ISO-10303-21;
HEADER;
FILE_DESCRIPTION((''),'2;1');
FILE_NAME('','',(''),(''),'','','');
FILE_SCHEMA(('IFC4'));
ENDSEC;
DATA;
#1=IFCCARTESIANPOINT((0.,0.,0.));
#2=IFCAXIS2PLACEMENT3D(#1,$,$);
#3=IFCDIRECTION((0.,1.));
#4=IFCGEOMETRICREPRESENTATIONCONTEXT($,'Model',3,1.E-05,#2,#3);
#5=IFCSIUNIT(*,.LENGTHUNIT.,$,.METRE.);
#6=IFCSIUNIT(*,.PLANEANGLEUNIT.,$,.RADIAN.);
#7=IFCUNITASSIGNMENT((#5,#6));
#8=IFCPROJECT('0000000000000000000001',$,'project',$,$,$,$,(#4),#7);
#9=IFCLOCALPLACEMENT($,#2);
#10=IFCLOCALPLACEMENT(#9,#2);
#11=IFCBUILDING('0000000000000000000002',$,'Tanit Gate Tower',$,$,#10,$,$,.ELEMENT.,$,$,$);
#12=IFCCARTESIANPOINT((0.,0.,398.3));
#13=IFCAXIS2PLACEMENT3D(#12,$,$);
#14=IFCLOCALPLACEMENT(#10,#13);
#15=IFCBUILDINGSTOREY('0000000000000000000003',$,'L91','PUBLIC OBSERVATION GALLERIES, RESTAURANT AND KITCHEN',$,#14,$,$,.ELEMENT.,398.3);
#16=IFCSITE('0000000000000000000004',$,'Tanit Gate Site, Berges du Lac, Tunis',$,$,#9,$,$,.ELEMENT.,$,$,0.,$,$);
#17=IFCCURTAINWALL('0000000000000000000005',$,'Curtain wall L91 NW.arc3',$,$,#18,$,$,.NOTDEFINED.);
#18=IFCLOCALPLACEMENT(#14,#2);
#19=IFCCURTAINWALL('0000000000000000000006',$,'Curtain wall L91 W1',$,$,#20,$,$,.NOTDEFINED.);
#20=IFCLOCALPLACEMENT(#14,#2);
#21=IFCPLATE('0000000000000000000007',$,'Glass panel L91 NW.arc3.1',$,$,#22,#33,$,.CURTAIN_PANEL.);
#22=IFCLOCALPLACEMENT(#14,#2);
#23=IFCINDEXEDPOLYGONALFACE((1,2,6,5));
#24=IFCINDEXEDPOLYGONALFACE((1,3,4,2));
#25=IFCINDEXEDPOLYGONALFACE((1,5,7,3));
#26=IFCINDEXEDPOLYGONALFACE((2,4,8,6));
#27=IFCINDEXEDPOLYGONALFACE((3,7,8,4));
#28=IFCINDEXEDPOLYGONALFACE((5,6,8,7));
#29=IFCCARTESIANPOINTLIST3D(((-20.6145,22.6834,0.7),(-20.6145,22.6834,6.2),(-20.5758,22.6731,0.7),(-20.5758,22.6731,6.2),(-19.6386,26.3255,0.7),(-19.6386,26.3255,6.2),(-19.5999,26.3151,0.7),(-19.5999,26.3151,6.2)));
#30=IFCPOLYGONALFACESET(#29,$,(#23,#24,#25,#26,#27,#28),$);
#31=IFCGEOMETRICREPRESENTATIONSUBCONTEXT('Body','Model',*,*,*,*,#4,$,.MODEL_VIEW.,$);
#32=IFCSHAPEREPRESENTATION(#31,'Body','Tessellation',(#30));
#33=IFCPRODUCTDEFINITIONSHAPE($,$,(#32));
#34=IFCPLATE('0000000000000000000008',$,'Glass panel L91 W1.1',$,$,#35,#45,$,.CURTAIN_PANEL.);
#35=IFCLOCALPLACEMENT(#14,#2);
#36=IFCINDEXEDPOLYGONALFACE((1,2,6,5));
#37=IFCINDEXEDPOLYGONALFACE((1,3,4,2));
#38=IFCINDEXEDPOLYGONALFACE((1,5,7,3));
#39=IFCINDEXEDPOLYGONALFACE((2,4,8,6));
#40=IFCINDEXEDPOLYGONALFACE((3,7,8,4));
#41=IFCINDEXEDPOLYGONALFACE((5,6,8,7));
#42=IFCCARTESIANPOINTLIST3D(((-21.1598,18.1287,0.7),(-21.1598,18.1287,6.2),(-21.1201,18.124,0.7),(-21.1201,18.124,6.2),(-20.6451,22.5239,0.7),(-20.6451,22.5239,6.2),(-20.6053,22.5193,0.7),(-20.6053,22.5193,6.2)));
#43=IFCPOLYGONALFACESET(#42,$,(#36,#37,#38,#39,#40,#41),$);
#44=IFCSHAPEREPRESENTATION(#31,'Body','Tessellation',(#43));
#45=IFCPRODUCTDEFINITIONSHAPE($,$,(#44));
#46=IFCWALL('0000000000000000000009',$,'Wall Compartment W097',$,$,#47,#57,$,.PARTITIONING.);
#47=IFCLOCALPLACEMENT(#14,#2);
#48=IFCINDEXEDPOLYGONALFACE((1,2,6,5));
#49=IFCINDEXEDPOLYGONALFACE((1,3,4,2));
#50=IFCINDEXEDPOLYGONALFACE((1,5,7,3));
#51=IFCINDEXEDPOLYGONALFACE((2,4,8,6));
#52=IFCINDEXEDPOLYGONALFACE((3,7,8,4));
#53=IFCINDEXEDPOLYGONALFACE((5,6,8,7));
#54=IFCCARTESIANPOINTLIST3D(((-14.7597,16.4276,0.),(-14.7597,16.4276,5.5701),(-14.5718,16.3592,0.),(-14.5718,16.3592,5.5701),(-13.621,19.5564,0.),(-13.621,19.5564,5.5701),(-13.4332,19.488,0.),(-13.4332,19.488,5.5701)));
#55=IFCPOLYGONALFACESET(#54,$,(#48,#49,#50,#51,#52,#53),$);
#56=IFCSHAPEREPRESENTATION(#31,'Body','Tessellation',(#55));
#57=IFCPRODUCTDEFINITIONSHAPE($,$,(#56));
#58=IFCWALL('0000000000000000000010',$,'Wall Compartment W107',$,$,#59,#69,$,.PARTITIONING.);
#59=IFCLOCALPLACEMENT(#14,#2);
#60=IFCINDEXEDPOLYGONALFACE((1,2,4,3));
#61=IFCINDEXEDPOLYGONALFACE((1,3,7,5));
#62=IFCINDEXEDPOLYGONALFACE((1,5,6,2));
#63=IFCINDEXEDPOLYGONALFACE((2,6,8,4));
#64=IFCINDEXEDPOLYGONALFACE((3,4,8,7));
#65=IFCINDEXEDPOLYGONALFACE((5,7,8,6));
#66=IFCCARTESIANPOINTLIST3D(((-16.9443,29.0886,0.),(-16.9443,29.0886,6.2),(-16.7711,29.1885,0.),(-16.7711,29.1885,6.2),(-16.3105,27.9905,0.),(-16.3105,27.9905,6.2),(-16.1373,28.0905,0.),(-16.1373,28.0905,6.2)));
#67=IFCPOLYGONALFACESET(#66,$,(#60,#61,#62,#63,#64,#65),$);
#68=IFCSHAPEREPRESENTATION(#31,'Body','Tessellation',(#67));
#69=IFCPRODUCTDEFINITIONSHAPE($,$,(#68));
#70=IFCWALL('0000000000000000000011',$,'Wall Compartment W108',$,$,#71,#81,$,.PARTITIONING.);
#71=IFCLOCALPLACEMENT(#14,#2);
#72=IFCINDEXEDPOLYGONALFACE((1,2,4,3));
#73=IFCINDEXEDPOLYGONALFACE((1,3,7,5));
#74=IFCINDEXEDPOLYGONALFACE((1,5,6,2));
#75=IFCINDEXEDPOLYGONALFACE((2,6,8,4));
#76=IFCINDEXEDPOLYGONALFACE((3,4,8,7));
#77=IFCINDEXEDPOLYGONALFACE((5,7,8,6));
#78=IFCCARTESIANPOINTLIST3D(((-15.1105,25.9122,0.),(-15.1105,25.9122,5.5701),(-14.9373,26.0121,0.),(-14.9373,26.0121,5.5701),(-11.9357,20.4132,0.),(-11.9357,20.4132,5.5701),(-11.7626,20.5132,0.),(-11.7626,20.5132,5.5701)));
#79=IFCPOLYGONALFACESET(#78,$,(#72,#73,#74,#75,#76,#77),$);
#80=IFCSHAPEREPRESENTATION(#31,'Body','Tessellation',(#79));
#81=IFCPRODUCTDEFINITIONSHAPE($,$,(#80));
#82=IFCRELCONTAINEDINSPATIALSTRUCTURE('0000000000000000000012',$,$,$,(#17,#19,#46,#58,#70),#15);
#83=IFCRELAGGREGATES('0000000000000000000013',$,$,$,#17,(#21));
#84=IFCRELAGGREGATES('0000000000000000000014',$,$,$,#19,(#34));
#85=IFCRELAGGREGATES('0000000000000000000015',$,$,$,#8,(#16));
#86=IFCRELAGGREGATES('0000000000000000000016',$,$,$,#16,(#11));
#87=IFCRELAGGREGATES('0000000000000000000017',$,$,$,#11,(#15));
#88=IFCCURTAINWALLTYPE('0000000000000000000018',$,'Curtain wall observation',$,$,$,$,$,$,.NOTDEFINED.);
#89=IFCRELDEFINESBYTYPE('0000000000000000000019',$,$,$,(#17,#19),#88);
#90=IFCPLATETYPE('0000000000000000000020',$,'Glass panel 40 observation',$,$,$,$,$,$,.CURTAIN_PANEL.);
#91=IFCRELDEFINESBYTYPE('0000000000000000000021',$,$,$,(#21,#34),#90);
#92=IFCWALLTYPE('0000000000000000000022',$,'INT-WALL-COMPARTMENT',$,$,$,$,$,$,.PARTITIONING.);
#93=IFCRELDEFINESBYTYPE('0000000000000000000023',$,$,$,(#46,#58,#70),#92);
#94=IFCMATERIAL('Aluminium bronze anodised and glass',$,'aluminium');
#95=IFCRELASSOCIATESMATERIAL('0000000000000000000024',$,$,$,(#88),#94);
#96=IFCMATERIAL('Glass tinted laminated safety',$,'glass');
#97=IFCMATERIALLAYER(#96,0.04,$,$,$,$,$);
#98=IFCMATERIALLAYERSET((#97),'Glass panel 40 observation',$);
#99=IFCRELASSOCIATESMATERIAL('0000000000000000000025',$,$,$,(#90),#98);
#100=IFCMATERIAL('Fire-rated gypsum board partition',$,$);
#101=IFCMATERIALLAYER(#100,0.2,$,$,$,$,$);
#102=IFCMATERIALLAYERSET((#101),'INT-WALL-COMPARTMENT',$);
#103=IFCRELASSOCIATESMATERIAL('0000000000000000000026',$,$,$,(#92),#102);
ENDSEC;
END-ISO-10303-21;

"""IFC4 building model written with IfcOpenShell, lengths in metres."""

from ifc_helpers import new_model, si_unit, direction, frame, frame_2d, origin, origin_2d, place, context, subcontext, project, spatial, rectangle, extrude, material, layer, layer_set, type_object, element, aggregate, save


model = new_model("IFC4")

# Units and contexts
model_context = context("Model", 3, precision=1e-05, world=origin(), true_north=direction((0.0, 1.0)))
body_context = subcontext(model_context, "Body", "Model", "MODEL_VIEW")
ifc_project = project(units=[si_unit("LENGTHUNIT", "METRE"), si_unit("PLANEANGLEUNIT", "RADIAN")], contexts=[model_context])

# Site, building, storey
site_placement = place(None, origin())
site = spatial("IfcSite", under=ifc_project, at=site_placement, Name="Tanit Gate Site, Berges du Lac, Tunis", CompositionType="ELEMENT", RefElevation=0.0)
building_placement = place(site_placement, origin())
building = spatial("IfcBuilding", under=site, at=building_placement, Name="Tanit Gate Tower", CompositionType="ELEMENT")
storey_placement = place(building_placement, frame((0.0, 0.0, 398.3)))
storey = spatial("IfcBuildingStorey", under=building, at=storey_placement, Name="L91", Description="PUBLIC OBSERVATION GALLERIES, RESTAURANT AND KITCHEN", CompositionType="ELEMENT", Elevation=398.3)

# Curtain walls
ifc_material_1 = material(Name="Aluminium bronze anodised and glass", Category="aluminium")
curtain_wall_type = type_object("IfcCurtainWallType", Name="Curtain wall observation", PredefinedType="NOTDEFINED", material=ifc_material_1)
curtain_wall_1_placement = place(storey_placement, origin())
curtain_wall_1 = element("IfcCurtainWall", 1, at=curtain_wall_1_placement, inside=storey, type_object=curtain_wall_type, Name="Curtain wall L91 NW.arc3", PredefinedType="NOTDEFINED")
curtain_wall_2_placement = place(storey_placement, origin())
curtain_wall_2 = element("IfcCurtainWall", 2, at=curtain_wall_2_placement, inside=storey, type_object=curtain_wall_type, Name="Curtain wall L91 W1", PredefinedType="NOTDEFINED")

# Plates
ifc_material_2 = material(Name="Glass tinted laminated safety", Category="glass")
ifc_layer_1 = layer(ifc_material_2, 0.04)
ifc_layer_set_1 = layer_set([ifc_layer_1], Name="Glass panel 40 observation")
plate_type = type_object("IfcPlateType", Name="Glass panel 40 observation", PredefinedType="CURTAIN_PANEL", material=ifc_layer_set_1)
plate_1_placement = place(storey_placement, frame((-20.1072, 24.4993, 0.7), z_axis=(0.0, 0.0, 1.0), x_axis=(-0.258819, -0.965926, 0.0)))
plate_1 = element("IfcPlate", 3, at=plate_1_placement, type_object=plate_type, Name="Glass panel L91 NW.arc3.1", PredefinedType="CURTAIN_PANEL", context=body_context, shape_type="SweptSolid", body=[
    extrude(rectangle(XDim=3.7705, YDim=0.04, at=origin_2d()), origin(), (0.0, 0.0, 1.0), 5.5),
])
aggregate(curtain_wall_1, [plate_1])
plate_2_placement = place(storey_placement, frame((-20.8826, 20.324, 0.7), z_axis=(0.0, 0.0, 1.0), x_axis=(-0.116318, -0.993212, 0.0)))
plate_2 = element("IfcPlate", 4, at=plate_2_placement, type_object=plate_type, Name="Glass panel L91 W1.1", PredefinedType="CURTAIN_PANEL", context=body_context, shape_type="SweptSolid", body=[
    extrude(rectangle(XDim=4.4253, YDim=0.04, at=origin_2d()), origin(), (0.0, 0.0, 1.0), 5.5),
])
aggregate(curtain_wall_2, [plate_2])

# Walls
ifc_material_3 = material(Name="Fire-rated gypsum board partition")
ifc_layer_2 = layer(ifc_material_3, 0.2)
ifc_layer_set_2 = layer_set([ifc_layer_2], Name="INT-WALL-COMPARTMENT")
wall_type = type_object("IfcWallType", Name="INT-WALL-COMPARTMENT", PredefinedType="PARTITIONING", material=ifc_layer_set_2)
wall_1_placement = place(storey_placement, frame((-13.5271, 19.5222, 0.0), z_axis=(0.0, 0.0, 1.0), x_axis=(-0.341979, -0.939708, 0.0)))
element("IfcWall", 5, at=wall_1_placement, inside=storey, type_object=wall_type, Name="Wall Compartment W097", PredefinedType="PARTITIONING", context=body_context, shape_type="SweptSolid", body=[
    extrude(rectangle(XDim=3.3296, YDim=0.2, at=frame_2d((1.6648, 0.0))), origin(), (0.0, 0.0, 1.0), 5.5701),
])
wall_2_placement = place(storey_placement, frame((-16.8577, 29.1384, 0.0), z_axis=(0.0, 0.0, 1.0), x_axis=(0.49995, -0.866054, 0.0)))
element("IfcWall", 6, at=wall_2_placement, inside=storey, type_object=wall_type, Name="Wall Compartment W107", PredefinedType="PARTITIONING", context=body_context, shape_type="SweptSolid", body=[
    extrude(rectangle(XDim=1.2678, YDim=0.2, at=frame_2d((0.6338, 0.0))), origin(), (0.0, 0.0, 1.0), 6.2),
])
wall_3_placement = place(storey_placement, frame((-15.0239, 25.9622, 0.0), z_axis=(0.0, 0.0, 1.0), x_axis=(0.499993, -0.866029, 0.0)))
element("IfcWall", 7, at=wall_3_placement, inside=storey, type_object=wall_type, Name="Wall Compartment W108", PredefinedType="PARTITIONING", context=body_context, shape_type="SweptSolid", body=[
    extrude(rectangle(XDim=6.3496, YDim=0.2, at=frame_2d((3.1748, 0.0))), origin(), (0.0, 0.0, 1.0), 5.5701),
])

save(model, "model.ifc")
